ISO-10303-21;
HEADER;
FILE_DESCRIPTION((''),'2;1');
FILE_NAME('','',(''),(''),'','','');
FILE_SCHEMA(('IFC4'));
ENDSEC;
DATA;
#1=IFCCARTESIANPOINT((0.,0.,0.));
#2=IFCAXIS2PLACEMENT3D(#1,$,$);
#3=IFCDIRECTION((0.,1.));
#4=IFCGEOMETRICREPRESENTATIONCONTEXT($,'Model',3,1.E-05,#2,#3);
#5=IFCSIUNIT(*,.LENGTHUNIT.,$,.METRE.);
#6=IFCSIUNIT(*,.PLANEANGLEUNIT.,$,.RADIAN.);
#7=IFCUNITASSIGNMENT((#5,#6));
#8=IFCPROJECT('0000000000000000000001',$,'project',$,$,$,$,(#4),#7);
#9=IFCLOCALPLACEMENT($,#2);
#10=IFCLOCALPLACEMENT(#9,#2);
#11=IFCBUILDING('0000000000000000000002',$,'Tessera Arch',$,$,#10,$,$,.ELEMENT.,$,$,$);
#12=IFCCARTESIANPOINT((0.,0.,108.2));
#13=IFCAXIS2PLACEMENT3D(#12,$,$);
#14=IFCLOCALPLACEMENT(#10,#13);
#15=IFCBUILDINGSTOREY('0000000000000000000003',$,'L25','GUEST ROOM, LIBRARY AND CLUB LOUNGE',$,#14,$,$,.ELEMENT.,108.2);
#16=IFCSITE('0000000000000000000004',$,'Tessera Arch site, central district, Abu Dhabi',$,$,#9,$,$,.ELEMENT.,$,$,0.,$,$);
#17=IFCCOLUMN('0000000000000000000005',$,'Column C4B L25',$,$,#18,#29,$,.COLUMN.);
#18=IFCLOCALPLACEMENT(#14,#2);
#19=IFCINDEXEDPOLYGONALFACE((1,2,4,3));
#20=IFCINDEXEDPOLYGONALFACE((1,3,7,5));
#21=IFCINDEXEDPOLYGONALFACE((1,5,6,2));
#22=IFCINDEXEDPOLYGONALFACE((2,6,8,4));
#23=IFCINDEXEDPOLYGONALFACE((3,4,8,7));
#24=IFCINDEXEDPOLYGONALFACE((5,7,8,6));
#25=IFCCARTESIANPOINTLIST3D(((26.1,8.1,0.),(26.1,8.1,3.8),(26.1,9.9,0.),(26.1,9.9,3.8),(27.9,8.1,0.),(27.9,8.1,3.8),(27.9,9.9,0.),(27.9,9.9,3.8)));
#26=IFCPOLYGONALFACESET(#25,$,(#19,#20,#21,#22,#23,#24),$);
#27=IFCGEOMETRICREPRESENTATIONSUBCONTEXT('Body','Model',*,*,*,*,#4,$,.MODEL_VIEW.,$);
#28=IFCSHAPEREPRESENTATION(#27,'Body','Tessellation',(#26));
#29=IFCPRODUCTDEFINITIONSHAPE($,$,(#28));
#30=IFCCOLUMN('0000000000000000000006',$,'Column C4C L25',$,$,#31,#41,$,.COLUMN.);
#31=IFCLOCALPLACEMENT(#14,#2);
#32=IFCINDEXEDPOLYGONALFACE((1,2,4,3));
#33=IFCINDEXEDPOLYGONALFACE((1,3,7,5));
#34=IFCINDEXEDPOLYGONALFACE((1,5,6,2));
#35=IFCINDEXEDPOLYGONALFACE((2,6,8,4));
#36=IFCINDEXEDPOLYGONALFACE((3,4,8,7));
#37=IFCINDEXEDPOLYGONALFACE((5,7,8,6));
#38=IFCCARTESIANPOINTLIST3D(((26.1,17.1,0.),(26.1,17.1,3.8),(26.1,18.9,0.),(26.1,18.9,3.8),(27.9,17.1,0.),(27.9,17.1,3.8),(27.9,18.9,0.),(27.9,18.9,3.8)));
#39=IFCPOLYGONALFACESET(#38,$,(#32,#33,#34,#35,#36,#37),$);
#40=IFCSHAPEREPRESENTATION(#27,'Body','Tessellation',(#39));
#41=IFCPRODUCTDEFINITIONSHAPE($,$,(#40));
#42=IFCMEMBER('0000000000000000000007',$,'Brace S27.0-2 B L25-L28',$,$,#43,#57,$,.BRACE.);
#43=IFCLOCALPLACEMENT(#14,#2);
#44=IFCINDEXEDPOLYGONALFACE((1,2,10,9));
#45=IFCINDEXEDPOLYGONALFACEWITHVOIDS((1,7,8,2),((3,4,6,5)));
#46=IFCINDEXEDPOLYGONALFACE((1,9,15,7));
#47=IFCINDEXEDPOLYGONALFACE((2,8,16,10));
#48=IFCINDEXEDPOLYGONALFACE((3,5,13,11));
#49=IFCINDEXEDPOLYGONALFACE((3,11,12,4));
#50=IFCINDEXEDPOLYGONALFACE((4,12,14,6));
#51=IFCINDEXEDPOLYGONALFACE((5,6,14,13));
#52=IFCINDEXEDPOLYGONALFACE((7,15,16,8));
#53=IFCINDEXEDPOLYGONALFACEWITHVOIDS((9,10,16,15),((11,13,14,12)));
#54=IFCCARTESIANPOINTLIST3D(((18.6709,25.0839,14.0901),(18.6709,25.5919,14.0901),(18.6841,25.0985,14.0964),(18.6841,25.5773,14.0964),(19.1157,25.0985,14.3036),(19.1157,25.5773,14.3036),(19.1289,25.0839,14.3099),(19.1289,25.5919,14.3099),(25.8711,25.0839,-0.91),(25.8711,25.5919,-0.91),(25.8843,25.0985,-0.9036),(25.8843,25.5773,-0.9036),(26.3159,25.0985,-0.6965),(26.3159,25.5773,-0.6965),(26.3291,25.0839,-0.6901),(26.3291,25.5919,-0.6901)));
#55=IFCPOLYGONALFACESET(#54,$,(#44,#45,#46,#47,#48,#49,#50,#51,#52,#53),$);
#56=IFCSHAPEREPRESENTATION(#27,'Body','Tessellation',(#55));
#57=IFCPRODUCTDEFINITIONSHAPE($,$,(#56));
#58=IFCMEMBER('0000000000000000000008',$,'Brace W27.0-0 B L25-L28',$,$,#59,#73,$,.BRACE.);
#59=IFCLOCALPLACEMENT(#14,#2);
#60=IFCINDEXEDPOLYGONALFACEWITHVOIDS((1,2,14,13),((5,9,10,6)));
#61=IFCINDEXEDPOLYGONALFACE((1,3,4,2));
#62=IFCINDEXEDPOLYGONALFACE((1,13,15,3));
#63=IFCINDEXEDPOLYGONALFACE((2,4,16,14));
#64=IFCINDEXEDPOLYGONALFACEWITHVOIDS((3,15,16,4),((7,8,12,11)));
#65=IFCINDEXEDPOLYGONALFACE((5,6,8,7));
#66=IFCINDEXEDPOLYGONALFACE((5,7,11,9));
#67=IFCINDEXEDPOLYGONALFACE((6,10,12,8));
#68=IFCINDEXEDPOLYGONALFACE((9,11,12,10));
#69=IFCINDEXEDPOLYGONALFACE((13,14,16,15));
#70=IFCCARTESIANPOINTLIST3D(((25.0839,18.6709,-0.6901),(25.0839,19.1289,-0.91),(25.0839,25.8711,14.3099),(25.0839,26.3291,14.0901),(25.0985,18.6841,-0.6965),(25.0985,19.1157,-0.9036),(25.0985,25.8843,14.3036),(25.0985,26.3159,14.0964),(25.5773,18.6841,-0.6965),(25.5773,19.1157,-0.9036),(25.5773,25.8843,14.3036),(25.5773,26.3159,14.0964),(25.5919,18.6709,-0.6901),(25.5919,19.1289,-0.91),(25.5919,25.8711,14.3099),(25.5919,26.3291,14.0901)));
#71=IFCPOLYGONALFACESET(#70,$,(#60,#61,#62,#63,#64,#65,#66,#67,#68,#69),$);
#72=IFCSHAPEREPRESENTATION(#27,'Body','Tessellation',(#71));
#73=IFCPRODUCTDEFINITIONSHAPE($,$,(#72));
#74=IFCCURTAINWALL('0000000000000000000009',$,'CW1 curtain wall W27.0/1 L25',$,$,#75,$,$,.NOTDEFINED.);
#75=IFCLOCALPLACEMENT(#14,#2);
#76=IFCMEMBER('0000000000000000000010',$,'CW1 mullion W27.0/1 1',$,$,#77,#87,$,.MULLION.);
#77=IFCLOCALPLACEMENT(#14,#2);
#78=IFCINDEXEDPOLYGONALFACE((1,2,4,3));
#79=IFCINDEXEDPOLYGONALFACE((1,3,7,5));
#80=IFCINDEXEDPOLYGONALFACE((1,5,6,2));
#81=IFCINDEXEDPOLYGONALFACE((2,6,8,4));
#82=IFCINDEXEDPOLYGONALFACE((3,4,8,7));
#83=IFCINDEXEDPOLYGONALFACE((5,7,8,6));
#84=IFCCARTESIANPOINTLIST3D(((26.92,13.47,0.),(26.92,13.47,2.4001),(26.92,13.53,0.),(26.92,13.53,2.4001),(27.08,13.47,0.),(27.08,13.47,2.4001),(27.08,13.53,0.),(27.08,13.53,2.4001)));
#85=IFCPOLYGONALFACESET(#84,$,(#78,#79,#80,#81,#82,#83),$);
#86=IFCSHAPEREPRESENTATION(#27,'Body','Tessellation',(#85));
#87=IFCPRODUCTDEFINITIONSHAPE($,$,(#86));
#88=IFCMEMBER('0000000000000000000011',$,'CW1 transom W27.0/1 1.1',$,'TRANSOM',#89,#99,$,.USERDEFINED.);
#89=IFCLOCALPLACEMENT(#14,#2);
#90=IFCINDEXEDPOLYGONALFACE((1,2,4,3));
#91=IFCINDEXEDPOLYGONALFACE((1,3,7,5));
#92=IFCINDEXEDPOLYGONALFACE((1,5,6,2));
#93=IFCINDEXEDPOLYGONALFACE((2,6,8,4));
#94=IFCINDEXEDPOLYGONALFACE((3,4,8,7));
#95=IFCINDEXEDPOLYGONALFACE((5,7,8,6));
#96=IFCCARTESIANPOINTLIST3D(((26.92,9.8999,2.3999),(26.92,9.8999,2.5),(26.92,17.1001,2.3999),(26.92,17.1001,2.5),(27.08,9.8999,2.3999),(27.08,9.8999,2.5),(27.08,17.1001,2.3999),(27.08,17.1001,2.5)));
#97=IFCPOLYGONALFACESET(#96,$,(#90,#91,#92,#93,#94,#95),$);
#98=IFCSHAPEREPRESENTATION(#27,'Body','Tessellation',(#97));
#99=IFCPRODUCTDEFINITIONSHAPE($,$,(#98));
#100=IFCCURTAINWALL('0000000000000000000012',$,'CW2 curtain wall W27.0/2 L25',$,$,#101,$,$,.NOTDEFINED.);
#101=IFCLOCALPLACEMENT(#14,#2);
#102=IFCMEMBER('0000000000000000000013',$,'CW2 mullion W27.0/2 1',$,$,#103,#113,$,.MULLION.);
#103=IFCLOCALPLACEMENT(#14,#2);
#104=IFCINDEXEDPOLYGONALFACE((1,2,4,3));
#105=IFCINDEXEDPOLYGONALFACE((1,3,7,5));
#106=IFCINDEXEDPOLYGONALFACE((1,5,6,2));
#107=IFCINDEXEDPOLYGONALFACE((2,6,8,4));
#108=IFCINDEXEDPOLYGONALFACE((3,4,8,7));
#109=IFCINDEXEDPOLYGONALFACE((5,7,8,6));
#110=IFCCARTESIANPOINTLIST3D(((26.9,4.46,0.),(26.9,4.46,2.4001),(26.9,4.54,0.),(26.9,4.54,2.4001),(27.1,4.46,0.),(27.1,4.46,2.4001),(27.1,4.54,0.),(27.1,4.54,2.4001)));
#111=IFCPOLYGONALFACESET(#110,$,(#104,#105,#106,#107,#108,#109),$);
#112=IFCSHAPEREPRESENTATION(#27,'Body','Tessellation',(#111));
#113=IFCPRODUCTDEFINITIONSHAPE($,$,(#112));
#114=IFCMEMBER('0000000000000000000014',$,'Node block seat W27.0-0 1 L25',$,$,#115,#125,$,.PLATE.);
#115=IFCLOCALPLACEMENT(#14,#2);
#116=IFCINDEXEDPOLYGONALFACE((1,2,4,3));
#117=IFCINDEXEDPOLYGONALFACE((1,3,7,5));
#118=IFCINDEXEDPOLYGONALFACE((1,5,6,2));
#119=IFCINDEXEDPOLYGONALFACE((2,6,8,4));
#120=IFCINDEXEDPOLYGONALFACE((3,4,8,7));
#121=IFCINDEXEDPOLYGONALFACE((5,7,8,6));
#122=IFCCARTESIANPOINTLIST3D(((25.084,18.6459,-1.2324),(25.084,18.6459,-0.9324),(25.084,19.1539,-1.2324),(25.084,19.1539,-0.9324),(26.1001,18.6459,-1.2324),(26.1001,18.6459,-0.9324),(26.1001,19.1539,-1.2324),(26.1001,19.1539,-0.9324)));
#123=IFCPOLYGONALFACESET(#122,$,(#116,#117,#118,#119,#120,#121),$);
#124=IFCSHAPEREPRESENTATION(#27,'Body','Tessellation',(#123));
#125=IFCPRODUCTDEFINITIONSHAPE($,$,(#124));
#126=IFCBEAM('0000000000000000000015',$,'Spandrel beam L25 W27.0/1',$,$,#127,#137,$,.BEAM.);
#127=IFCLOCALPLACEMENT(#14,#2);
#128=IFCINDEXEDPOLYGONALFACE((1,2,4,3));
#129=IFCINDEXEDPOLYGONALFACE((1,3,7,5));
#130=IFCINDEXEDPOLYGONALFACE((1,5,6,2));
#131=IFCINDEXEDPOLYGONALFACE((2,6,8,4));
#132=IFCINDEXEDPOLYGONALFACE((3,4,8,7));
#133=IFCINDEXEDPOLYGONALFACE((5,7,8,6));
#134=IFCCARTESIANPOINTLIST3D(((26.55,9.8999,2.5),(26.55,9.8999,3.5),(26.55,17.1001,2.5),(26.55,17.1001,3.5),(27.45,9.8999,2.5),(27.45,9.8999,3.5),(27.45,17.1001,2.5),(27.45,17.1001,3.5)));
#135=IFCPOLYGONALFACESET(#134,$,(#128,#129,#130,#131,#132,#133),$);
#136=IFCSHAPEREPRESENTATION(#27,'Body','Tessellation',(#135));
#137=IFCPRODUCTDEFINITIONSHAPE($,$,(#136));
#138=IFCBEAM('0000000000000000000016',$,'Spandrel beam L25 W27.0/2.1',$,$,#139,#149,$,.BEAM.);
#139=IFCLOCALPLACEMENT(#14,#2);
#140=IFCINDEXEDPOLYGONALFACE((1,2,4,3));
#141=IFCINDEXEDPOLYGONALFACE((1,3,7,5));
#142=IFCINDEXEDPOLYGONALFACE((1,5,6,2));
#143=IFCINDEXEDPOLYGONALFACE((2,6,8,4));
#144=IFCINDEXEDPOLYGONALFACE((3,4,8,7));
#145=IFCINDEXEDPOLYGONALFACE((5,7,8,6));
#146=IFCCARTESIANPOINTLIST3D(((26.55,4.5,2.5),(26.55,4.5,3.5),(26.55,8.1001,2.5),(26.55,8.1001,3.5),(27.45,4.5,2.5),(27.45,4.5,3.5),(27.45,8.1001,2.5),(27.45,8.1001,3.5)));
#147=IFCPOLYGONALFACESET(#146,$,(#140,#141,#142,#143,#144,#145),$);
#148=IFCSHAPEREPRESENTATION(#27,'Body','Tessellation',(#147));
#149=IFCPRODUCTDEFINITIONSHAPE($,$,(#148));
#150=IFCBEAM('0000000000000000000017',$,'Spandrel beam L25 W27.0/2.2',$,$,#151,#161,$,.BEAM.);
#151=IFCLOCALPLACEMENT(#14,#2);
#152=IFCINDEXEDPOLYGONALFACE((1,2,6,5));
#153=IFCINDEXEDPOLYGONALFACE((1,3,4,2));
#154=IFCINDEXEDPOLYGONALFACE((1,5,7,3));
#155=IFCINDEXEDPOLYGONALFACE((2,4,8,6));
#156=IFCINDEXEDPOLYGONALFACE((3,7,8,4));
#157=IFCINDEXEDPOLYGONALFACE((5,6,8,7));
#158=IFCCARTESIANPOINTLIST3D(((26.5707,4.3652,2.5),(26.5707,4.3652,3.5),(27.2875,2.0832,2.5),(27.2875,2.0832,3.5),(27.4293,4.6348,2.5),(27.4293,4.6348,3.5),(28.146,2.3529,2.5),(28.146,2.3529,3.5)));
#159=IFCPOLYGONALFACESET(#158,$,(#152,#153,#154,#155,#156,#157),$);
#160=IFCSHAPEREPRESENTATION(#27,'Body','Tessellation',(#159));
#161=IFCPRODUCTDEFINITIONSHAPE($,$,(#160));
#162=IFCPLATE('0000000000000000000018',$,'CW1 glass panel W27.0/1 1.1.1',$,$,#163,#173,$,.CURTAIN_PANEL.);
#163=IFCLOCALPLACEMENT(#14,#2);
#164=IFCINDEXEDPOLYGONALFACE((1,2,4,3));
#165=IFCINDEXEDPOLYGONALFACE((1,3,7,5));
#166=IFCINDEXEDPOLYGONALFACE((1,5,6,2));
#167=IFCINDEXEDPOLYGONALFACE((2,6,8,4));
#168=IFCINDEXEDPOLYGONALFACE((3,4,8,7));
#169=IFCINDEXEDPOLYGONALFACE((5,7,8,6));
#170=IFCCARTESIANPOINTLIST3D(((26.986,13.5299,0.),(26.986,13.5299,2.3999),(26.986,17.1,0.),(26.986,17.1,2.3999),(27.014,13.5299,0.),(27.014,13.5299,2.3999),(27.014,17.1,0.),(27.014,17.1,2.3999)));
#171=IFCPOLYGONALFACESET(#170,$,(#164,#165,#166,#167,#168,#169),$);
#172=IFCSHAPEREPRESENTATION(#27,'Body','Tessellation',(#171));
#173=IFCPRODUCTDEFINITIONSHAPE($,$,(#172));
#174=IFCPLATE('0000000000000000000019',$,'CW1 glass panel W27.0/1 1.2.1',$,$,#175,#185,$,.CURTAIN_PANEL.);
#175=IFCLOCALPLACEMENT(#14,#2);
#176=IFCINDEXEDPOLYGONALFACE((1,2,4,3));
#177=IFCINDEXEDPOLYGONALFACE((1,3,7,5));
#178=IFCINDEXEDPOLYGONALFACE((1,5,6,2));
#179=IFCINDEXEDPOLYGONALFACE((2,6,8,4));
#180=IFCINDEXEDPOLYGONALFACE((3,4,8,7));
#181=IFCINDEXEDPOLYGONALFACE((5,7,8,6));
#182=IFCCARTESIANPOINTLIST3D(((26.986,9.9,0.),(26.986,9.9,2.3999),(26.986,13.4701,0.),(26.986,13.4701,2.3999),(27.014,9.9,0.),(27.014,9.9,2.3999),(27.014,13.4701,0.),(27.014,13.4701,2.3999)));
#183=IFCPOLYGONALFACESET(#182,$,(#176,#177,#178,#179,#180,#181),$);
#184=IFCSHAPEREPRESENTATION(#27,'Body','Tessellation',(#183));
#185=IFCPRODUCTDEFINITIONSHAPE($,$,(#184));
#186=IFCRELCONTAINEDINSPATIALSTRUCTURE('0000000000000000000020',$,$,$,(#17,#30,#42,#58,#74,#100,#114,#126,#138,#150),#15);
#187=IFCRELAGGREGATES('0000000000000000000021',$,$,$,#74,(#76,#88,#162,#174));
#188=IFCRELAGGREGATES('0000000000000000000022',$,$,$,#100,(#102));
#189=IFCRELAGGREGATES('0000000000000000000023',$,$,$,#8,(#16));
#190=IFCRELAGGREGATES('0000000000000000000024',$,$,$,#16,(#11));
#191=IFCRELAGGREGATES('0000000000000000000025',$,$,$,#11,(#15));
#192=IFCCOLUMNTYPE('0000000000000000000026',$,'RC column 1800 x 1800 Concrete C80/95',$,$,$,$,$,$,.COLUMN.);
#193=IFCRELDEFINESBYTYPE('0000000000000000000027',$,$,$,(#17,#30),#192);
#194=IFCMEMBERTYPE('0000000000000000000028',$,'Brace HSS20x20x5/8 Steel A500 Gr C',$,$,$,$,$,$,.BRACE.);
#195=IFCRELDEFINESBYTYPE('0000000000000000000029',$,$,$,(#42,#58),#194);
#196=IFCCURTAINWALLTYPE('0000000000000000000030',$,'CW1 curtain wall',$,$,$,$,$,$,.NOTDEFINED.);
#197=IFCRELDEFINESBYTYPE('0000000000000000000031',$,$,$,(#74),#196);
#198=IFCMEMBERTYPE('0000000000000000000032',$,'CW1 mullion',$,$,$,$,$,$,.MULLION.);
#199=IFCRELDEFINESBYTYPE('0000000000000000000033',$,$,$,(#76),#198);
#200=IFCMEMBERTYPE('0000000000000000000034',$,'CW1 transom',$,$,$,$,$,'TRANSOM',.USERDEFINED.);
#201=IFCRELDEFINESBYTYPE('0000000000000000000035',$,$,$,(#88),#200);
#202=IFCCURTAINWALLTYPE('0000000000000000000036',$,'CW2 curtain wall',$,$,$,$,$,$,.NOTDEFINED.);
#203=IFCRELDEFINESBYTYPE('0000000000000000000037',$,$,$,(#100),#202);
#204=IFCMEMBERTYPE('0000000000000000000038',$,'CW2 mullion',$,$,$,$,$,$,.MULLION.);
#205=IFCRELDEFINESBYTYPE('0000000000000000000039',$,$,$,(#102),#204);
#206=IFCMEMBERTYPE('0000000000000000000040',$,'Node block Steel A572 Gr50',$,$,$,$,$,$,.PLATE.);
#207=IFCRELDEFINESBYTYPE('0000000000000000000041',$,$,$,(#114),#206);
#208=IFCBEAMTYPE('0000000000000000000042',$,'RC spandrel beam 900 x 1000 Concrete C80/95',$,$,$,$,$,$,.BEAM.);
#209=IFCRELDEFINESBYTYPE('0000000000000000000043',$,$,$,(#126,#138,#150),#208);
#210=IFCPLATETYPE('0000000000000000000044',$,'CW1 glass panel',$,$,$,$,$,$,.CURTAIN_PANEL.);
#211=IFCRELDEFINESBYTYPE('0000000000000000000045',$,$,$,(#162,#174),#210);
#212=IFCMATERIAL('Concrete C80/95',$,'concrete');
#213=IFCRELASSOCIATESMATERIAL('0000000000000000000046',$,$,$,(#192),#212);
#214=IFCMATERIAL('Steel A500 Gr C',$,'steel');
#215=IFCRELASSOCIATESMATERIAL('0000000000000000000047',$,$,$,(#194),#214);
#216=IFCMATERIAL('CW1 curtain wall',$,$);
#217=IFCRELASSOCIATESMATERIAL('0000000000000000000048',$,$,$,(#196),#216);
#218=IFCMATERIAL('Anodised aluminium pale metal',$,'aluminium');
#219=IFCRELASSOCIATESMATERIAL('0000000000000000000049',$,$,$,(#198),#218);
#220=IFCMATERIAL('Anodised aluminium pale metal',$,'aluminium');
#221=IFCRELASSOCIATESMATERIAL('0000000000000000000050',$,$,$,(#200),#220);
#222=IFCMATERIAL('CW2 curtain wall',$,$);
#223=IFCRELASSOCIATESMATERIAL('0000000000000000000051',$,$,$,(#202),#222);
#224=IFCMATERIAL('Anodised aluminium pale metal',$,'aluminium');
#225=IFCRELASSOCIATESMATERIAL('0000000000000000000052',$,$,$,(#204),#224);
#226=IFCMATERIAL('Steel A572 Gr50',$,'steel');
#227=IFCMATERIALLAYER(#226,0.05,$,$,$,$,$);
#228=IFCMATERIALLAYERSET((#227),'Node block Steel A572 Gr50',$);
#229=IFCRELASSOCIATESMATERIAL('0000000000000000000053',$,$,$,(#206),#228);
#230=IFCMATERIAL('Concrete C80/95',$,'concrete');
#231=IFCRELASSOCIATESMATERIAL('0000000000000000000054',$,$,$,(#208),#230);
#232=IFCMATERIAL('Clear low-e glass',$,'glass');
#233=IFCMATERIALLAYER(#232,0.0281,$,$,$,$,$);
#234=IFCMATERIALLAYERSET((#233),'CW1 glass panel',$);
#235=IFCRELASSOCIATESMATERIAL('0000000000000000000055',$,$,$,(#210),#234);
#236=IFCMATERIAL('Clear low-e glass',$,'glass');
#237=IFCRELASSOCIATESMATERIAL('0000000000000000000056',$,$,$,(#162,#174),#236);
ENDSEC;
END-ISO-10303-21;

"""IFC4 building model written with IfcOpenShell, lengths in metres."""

from ifc_helpers import new_model, si_unit, direction, frame, origin, origin_2d, place, context, subcontext, project, spatial, rectangle, hollow_rectangle, extrude, material, layer, layer_set, material_profile, profile_set, type_object, element, aggregate, save


model = new_model("IFC4")

# Units and contexts
model_context = context("Model", 3, precision=1e-05, world=origin(), true_north=direction((0.0, 1.0)))
body_context = subcontext(model_context, "Body", "Model", "MODEL_VIEW")
ifc_project = project(units=[si_unit("LENGTHUNIT", "METRE"), si_unit("PLANEANGLEUNIT", "RADIAN")], contexts=[model_context])

# Site, building, storey
site_placement = place(None, origin())
site = spatial("IfcSite", under=ifc_project, at=site_placement, Name="Tessera Arch site, central district, Abu Dhabi", CompositionType="ELEMENT", RefElevation=0.0)
building_placement = place(site_placement, origin())
building = spatial("IfcBuilding", under=site, at=building_placement, Name="Tessera Arch", CompositionType="ELEMENT")
storey_placement = place(building_placement, frame((0.0, 0.0, 108.2)))
storey = spatial("IfcBuildingStorey", under=building, at=storey_placement, Name="L25", Description="GUEST ROOM, LIBRARY AND CLUB LOUNGE", CompositionType="ELEMENT", Elevation=108.2)

# Columns
ifc_material_1 = material(Name="Concrete C80/95", Category="concrete")
ifc_material_profile_1 = material_profile(ifc_material_1, rectangle(XDim=1.8, YDim=1.8, at=origin_2d()), Name="RC column 1800 x 1800 Concrete C80/95")
ifc_profile_set_1 = profile_set([ifc_material_profile_1], Name="Concrete C80/95")
column_type = type_object("IfcColumnType", Name="RC column 1800 x 1800 Concrete C80/95", PredefinedType="COLUMN", material=ifc_profile_set_1)
for number, where, z_axis, x_axis, name in (
    (1, (27.0, 9.0, 0.0), (0.0, 0.0, 1.0), (1.0, 0.0, 0.0), "Column C4B L25"),
    (2, (27.0, 18.0, 0.0), (0.0, 0.0, 1.0), (1.0, 0.0, 0.0), "Column C4C L25"),
):
    element("IfcColumn", number, at=place(storey_placement, frame(where, z_axis=z_axis, x_axis=x_axis)), inside=storey, type_object=column_type, Name=name, PredefinedType="COLUMN", context=body_context, shape_type="SweptSolid", body=[
        extrude(rectangle(XDim=1.8, YDim=1.8, at=origin_2d()), origin(), (0.0, 0.0, 1.0), 3.8),
    ])

# Members
ifc_material_2 = material(Name="Steel A500 Gr C", Category="steel")
ifc_material_profile_2 = material_profile(ifc_material_2, hollow_rectangle(XDim=0.5081, YDim=0.5081, WallThickness=0.0146, at=origin_2d()), Name="HSS20x20x5/8")
ifc_profile_set_2 = profile_set([ifc_material_profile_2], Name="Steel A500 Gr C")
member_type_1 = type_object("IfcMemberType", Name="Brace HSS20x20x5/8 Steel A500 Gr C", PredefinedType="BRACE", material=ifc_profile_set_2)
for number, where, z_axis, x_axis, name in (
    (3, (26.1001, 25.3379, -0.8), (-0.432741, 0.0, 0.901518), (0.0, -1.0, 0.0), "Brace S27.0-2 B L25-L28"),
    (4, (25.3379, 18.8999, -0.8), (0.0, 0.432741, 0.901518), (-1.0, 0.0, 0.0), "Brace W27.0-0 B L25-L28"),
):
    element("IfcMember", number, at=place(storey_placement, frame(where, z_axis=z_axis, x_axis=x_axis)), inside=storey, type_object=member_type_1, Name=name, PredefinedType="BRACE", context=body_context, shape_type="SweptSolid", body=[
        extrude(hollow_rectangle(XDim=0.5081, YDim=0.5081, WallThickness=0.0146, at=origin_2d()), origin(), (0.0, 0.0, 1.0), 16.6387),
    ])

# Curtain wall, members
ifc_material_3 = material(Name="CW1 curtain wall")
curtain_wall_type_1 = type_object("IfcCurtainWallType", Name="CW1 curtain wall", PredefinedType="NOTDEFINED", material=ifc_material_3)
curtain_wall_1_placement = place(storey_placement, origin())
curtain_wall_1 = element("IfcCurtainWall", 5, at=curtain_wall_1_placement, inside=storey, type_object=curtain_wall_type_1, Name="CW1 curtain wall W27.0/1 L25", PredefinedType="NOTDEFINED")
ifc_material_4 = material(Name="Anodised aluminium pale metal", Category="aluminium")
ifc_material_profile_3 = material_profile(ifc_material_4, rectangle(XDim=0.1599, YDim=0.0601, at=origin_2d()), Name="AL 60x160")
ifc_profile_set_3 = profile_set([ifc_material_profile_3], Name="Anodised aluminium pale metal")
member_type_2 = type_object("IfcMemberType", Name="CW1 mullion", PredefinedType="MULLION", material=ifc_profile_set_3)
member_1_placement = place(storey_placement, frame((27.0, 13.5, 0.0), z_axis=(0.0, 0.0, 1.0), x_axis=(1.0, 0.0, 0.0)))
member_1 = element("IfcMember", 6, at=member_1_placement, type_object=member_type_2, Name="CW1 mullion W27.0/1 1", PredefinedType="MULLION", context=body_context, shape_type="SweptSolid", body=[
    extrude(rectangle(XDim=0.1599, YDim=0.0601, at=origin_2d()), origin(), (0.0, 0.0, 1.0), 2.4001),
])
ifc_material_5 = material(Name="Anodised aluminium pale metal", Category="aluminium")
ifc_material_profile_4 = material_profile(ifc_material_5, rectangle(XDim=0.1599, YDim=0.1001, at=origin_2d()), Name="AL 160x100")
ifc_profile_set_4 = profile_set([ifc_material_profile_4], Name="Anodised aluminium pale metal")
member_type_3 = type_object("IfcMemberType", Name="CW1 transom", ElementType="TRANSOM", PredefinedType="USERDEFINED", material=ifc_profile_set_4)
member_2_placement = place(storey_placement, frame((27.0, 17.1001, 2.45), z_axis=(0.0, -1.0, 0.0), x_axis=(1.0, 0.0, 0.0)))
member_2 = element("IfcMember", 7, at=member_2_placement, type_object=member_type_3, Name="CW1 transom W27.0/1 1.1", ObjectType="TRANSOM", PredefinedType="USERDEFINED", context=body_context, shape_type="SweptSolid", body=[
    extrude(rectangle(XDim=0.1599, YDim=0.1001, at=origin_2d()), origin(), (0.0, 0.0, 1.0), 7.2002),
])

# Curtain wall, member
ifc_material_6 = material(Name="CW2 curtain wall")
curtain_wall_type_2 = type_object("IfcCurtainWallType", Name="CW2 curtain wall", PredefinedType="NOTDEFINED", material=ifc_material_6)
curtain_wall_2_placement = place(storey_placement, origin())
curtain_wall_2 = element("IfcCurtainWall", 8, at=curtain_wall_2_placement, inside=storey, type_object=curtain_wall_type_2, Name="CW2 curtain wall W27.0/2 L25", PredefinedType="NOTDEFINED")
ifc_material_7 = material(Name="Anodised aluminium pale metal", Category="aluminium")
ifc_material_profile_5 = material_profile(ifc_material_7, rectangle(XDim=0.2, YDim=0.0801, at=origin_2d()), Name="AL 80x200")
ifc_profile_set_5 = profile_set([ifc_material_profile_5], Name="Anodised aluminium pale metal")
member_type_4 = type_object("IfcMemberType", Name="CW2 mullion", PredefinedType="MULLION", material=ifc_profile_set_5)
member_3_placement = place(storey_placement, frame((27.0, 4.5, 0.0), z_axis=(0.0, 0.0, 1.0), x_axis=(1.0, 0.0, 0.0)))
member_3 = element("IfcMember", 9, at=member_3_placement, type_object=member_type_4, Name="CW2 mullion W27.0/2 1", PredefinedType="MULLION", context=body_context, shape_type="SweptSolid", body=[
    extrude(rectangle(XDim=0.2, YDim=0.0801, at=origin_2d()), origin(), (0.0, 0.0, 1.0), 2.4001),
])

# Member
ifc_material_8 = material(Name="Steel A572 Gr50", Category="steel")
ifc_layer_1 = layer(ifc_material_8, 0.05)
ifc_layer_set_1 = layer_set([ifc_layer_1], Name="Node block Steel A572 Gr50")
member_type_5 = type_object("IfcMemberType", Name="Node block Steel A572 Gr50", PredefinedType="PLATE", material=ifc_layer_set_1)
member_4_placement = place(storey_placement, frame((25.592, 18.8999, -1.2324), z_axis=(0.0, 0.0, 1.0), x_axis=(0.0, -1.0, 0.0)))
element("IfcMember", 10, at=member_4_placement, inside=storey, type_object=member_type_5, Name="Node block seat W27.0-0 1 L25", PredefinedType="PLATE", context=body_context, shape_type="SweptSolid", body=[
    extrude(rectangle(XDim=0.5081, YDim=1.0161, at=origin_2d()), origin(), (0.0, 0.0, 1.0), 0.3),
])

# Beams
ifc_material_9 = material(Name="Concrete C80/95", Category="concrete")
ifc_material_profile_6 = material_profile(ifc_material_9, rectangle(XDim=0.8999, YDim=1.0, at=origin_2d()), Name="RC spandrel beam 900 x 1000 Concrete C80/95")
ifc_profile_set_6 = profile_set([ifc_material_profile_6], Name="Concrete C80/95")
beam_type = type_object("IfcBeamType", Name="RC spandrel beam 900 x 1000 Concrete C80/95", PredefinedType="BEAM", material=ifc_profile_set_6)
beam_1_placement = place(storey_placement, frame((27.0, 17.1001, 3.0), z_axis=(0.0, -1.0, 0.0), x_axis=(1.0, 0.0, 0.0)))
element("IfcBeam", 11, at=beam_1_placement, inside=storey, type_object=beam_type, Name="Spandrel beam L25 W27.0/1", PredefinedType="BEAM", context=body_context, shape_type="SweptSolid", body=[
    extrude(rectangle(XDim=0.8999, YDim=1.0, at=origin_2d()), origin(), (0.0, 0.0, 1.0), 7.2002),
])
beam_2_placement = place(storey_placement, frame((27.0, 8.1001, 3.0), z_axis=(0.0, -1.0, 0.0), x_axis=(1.0, 0.0, 0.0)))
element("IfcBeam", 12, at=beam_2_placement, inside=storey, type_object=beam_type, Name="Spandrel beam L25 W27.0/2.1", PredefinedType="BEAM", context=body_context, shape_type="SweptSolid", body=[
    extrude(rectangle(XDim=0.8999, YDim=1.0, at=origin_2d()), origin(), (0.0, 0.0, 1.0), 3.6001),
])
beam_3_placement = place(storey_placement, frame((27.0, 4.5, 3.0), z_axis=(0.299675, -0.954041, 0.0), x_axis=(0.954041, 0.299675, 0.0)))
element("IfcBeam", 13, at=beam_3_placement, inside=storey, type_object=beam_type, Name="Spandrel beam L25 W27.0/2.2", PredefinedType="BEAM", context=body_context, shape_type="SweptSolid", body=[
    extrude(rectangle(XDim=0.8999, YDim=1.0, at=origin_2d()), origin(), (0.0, 0.0, 1.0), 2.3918),
])

# Plates
ifc_material_10 = material(Name="Clear low-e glass", Category="glass")
ifc_material_11 = material(Name="Clear low-e glass", Category="glass")
ifc_layer_2 = layer(ifc_material_11, 0.0281)
ifc_layer_set_2 = layer_set([ifc_layer_2], Name="CW1 glass panel")
plate_type_1 = type_object("IfcPlateType", Name="CW1 glass panel", PredefinedType="CURTAIN_PANEL", material=ifc_layer_set_2)
plate_1_placement = place(storey_placement, frame((27.0, 15.3149, 0.0), z_axis=(0.0, 0.0, 1.0), x_axis=(0.0, -1.0, 0.0)))
plate_1 = element("IfcPlate", 14, at=plate_1_placement, type_object=plate_type_1, material=ifc_material_10, Name="CW1 glass panel W27.0/1 1.1.1", PredefinedType="CURTAIN_PANEL", context=body_context, shape_type="SweptSolid", body=[
    extrude(rectangle(XDim=3.5701, YDim=0.0281, at=origin_2d()), origin(), (0.0, 0.0, 1.0), 2.3999),
])
plate_2_placement = place(storey_placement, frame((27.0, 11.6851, 0.0), z_axis=(0.0, 0.0, 1.0), x_axis=(0.0, -1.0, 0.0)))
plate_2 = element("IfcPlate", 15, at=plate_2_placement, type_object=plate_type_1, material=ifc_material_10, Name="CW1 glass panel W27.0/1 1.2.1", PredefinedType="CURTAIN_PANEL", context=body_context, shape_type="SweptSolid", body=[
    extrude(rectangle(XDim=3.5701, YDim=0.0281, at=origin_2d()), origin(), (0.0, 0.0, 1.0), 2.3999),
])
aggregate(curtain_wall_1, [member_1, member_2, plate_1, plate_2])
aggregate(curtain_wall_2, [member_3])

save(model, "model.ifc")
